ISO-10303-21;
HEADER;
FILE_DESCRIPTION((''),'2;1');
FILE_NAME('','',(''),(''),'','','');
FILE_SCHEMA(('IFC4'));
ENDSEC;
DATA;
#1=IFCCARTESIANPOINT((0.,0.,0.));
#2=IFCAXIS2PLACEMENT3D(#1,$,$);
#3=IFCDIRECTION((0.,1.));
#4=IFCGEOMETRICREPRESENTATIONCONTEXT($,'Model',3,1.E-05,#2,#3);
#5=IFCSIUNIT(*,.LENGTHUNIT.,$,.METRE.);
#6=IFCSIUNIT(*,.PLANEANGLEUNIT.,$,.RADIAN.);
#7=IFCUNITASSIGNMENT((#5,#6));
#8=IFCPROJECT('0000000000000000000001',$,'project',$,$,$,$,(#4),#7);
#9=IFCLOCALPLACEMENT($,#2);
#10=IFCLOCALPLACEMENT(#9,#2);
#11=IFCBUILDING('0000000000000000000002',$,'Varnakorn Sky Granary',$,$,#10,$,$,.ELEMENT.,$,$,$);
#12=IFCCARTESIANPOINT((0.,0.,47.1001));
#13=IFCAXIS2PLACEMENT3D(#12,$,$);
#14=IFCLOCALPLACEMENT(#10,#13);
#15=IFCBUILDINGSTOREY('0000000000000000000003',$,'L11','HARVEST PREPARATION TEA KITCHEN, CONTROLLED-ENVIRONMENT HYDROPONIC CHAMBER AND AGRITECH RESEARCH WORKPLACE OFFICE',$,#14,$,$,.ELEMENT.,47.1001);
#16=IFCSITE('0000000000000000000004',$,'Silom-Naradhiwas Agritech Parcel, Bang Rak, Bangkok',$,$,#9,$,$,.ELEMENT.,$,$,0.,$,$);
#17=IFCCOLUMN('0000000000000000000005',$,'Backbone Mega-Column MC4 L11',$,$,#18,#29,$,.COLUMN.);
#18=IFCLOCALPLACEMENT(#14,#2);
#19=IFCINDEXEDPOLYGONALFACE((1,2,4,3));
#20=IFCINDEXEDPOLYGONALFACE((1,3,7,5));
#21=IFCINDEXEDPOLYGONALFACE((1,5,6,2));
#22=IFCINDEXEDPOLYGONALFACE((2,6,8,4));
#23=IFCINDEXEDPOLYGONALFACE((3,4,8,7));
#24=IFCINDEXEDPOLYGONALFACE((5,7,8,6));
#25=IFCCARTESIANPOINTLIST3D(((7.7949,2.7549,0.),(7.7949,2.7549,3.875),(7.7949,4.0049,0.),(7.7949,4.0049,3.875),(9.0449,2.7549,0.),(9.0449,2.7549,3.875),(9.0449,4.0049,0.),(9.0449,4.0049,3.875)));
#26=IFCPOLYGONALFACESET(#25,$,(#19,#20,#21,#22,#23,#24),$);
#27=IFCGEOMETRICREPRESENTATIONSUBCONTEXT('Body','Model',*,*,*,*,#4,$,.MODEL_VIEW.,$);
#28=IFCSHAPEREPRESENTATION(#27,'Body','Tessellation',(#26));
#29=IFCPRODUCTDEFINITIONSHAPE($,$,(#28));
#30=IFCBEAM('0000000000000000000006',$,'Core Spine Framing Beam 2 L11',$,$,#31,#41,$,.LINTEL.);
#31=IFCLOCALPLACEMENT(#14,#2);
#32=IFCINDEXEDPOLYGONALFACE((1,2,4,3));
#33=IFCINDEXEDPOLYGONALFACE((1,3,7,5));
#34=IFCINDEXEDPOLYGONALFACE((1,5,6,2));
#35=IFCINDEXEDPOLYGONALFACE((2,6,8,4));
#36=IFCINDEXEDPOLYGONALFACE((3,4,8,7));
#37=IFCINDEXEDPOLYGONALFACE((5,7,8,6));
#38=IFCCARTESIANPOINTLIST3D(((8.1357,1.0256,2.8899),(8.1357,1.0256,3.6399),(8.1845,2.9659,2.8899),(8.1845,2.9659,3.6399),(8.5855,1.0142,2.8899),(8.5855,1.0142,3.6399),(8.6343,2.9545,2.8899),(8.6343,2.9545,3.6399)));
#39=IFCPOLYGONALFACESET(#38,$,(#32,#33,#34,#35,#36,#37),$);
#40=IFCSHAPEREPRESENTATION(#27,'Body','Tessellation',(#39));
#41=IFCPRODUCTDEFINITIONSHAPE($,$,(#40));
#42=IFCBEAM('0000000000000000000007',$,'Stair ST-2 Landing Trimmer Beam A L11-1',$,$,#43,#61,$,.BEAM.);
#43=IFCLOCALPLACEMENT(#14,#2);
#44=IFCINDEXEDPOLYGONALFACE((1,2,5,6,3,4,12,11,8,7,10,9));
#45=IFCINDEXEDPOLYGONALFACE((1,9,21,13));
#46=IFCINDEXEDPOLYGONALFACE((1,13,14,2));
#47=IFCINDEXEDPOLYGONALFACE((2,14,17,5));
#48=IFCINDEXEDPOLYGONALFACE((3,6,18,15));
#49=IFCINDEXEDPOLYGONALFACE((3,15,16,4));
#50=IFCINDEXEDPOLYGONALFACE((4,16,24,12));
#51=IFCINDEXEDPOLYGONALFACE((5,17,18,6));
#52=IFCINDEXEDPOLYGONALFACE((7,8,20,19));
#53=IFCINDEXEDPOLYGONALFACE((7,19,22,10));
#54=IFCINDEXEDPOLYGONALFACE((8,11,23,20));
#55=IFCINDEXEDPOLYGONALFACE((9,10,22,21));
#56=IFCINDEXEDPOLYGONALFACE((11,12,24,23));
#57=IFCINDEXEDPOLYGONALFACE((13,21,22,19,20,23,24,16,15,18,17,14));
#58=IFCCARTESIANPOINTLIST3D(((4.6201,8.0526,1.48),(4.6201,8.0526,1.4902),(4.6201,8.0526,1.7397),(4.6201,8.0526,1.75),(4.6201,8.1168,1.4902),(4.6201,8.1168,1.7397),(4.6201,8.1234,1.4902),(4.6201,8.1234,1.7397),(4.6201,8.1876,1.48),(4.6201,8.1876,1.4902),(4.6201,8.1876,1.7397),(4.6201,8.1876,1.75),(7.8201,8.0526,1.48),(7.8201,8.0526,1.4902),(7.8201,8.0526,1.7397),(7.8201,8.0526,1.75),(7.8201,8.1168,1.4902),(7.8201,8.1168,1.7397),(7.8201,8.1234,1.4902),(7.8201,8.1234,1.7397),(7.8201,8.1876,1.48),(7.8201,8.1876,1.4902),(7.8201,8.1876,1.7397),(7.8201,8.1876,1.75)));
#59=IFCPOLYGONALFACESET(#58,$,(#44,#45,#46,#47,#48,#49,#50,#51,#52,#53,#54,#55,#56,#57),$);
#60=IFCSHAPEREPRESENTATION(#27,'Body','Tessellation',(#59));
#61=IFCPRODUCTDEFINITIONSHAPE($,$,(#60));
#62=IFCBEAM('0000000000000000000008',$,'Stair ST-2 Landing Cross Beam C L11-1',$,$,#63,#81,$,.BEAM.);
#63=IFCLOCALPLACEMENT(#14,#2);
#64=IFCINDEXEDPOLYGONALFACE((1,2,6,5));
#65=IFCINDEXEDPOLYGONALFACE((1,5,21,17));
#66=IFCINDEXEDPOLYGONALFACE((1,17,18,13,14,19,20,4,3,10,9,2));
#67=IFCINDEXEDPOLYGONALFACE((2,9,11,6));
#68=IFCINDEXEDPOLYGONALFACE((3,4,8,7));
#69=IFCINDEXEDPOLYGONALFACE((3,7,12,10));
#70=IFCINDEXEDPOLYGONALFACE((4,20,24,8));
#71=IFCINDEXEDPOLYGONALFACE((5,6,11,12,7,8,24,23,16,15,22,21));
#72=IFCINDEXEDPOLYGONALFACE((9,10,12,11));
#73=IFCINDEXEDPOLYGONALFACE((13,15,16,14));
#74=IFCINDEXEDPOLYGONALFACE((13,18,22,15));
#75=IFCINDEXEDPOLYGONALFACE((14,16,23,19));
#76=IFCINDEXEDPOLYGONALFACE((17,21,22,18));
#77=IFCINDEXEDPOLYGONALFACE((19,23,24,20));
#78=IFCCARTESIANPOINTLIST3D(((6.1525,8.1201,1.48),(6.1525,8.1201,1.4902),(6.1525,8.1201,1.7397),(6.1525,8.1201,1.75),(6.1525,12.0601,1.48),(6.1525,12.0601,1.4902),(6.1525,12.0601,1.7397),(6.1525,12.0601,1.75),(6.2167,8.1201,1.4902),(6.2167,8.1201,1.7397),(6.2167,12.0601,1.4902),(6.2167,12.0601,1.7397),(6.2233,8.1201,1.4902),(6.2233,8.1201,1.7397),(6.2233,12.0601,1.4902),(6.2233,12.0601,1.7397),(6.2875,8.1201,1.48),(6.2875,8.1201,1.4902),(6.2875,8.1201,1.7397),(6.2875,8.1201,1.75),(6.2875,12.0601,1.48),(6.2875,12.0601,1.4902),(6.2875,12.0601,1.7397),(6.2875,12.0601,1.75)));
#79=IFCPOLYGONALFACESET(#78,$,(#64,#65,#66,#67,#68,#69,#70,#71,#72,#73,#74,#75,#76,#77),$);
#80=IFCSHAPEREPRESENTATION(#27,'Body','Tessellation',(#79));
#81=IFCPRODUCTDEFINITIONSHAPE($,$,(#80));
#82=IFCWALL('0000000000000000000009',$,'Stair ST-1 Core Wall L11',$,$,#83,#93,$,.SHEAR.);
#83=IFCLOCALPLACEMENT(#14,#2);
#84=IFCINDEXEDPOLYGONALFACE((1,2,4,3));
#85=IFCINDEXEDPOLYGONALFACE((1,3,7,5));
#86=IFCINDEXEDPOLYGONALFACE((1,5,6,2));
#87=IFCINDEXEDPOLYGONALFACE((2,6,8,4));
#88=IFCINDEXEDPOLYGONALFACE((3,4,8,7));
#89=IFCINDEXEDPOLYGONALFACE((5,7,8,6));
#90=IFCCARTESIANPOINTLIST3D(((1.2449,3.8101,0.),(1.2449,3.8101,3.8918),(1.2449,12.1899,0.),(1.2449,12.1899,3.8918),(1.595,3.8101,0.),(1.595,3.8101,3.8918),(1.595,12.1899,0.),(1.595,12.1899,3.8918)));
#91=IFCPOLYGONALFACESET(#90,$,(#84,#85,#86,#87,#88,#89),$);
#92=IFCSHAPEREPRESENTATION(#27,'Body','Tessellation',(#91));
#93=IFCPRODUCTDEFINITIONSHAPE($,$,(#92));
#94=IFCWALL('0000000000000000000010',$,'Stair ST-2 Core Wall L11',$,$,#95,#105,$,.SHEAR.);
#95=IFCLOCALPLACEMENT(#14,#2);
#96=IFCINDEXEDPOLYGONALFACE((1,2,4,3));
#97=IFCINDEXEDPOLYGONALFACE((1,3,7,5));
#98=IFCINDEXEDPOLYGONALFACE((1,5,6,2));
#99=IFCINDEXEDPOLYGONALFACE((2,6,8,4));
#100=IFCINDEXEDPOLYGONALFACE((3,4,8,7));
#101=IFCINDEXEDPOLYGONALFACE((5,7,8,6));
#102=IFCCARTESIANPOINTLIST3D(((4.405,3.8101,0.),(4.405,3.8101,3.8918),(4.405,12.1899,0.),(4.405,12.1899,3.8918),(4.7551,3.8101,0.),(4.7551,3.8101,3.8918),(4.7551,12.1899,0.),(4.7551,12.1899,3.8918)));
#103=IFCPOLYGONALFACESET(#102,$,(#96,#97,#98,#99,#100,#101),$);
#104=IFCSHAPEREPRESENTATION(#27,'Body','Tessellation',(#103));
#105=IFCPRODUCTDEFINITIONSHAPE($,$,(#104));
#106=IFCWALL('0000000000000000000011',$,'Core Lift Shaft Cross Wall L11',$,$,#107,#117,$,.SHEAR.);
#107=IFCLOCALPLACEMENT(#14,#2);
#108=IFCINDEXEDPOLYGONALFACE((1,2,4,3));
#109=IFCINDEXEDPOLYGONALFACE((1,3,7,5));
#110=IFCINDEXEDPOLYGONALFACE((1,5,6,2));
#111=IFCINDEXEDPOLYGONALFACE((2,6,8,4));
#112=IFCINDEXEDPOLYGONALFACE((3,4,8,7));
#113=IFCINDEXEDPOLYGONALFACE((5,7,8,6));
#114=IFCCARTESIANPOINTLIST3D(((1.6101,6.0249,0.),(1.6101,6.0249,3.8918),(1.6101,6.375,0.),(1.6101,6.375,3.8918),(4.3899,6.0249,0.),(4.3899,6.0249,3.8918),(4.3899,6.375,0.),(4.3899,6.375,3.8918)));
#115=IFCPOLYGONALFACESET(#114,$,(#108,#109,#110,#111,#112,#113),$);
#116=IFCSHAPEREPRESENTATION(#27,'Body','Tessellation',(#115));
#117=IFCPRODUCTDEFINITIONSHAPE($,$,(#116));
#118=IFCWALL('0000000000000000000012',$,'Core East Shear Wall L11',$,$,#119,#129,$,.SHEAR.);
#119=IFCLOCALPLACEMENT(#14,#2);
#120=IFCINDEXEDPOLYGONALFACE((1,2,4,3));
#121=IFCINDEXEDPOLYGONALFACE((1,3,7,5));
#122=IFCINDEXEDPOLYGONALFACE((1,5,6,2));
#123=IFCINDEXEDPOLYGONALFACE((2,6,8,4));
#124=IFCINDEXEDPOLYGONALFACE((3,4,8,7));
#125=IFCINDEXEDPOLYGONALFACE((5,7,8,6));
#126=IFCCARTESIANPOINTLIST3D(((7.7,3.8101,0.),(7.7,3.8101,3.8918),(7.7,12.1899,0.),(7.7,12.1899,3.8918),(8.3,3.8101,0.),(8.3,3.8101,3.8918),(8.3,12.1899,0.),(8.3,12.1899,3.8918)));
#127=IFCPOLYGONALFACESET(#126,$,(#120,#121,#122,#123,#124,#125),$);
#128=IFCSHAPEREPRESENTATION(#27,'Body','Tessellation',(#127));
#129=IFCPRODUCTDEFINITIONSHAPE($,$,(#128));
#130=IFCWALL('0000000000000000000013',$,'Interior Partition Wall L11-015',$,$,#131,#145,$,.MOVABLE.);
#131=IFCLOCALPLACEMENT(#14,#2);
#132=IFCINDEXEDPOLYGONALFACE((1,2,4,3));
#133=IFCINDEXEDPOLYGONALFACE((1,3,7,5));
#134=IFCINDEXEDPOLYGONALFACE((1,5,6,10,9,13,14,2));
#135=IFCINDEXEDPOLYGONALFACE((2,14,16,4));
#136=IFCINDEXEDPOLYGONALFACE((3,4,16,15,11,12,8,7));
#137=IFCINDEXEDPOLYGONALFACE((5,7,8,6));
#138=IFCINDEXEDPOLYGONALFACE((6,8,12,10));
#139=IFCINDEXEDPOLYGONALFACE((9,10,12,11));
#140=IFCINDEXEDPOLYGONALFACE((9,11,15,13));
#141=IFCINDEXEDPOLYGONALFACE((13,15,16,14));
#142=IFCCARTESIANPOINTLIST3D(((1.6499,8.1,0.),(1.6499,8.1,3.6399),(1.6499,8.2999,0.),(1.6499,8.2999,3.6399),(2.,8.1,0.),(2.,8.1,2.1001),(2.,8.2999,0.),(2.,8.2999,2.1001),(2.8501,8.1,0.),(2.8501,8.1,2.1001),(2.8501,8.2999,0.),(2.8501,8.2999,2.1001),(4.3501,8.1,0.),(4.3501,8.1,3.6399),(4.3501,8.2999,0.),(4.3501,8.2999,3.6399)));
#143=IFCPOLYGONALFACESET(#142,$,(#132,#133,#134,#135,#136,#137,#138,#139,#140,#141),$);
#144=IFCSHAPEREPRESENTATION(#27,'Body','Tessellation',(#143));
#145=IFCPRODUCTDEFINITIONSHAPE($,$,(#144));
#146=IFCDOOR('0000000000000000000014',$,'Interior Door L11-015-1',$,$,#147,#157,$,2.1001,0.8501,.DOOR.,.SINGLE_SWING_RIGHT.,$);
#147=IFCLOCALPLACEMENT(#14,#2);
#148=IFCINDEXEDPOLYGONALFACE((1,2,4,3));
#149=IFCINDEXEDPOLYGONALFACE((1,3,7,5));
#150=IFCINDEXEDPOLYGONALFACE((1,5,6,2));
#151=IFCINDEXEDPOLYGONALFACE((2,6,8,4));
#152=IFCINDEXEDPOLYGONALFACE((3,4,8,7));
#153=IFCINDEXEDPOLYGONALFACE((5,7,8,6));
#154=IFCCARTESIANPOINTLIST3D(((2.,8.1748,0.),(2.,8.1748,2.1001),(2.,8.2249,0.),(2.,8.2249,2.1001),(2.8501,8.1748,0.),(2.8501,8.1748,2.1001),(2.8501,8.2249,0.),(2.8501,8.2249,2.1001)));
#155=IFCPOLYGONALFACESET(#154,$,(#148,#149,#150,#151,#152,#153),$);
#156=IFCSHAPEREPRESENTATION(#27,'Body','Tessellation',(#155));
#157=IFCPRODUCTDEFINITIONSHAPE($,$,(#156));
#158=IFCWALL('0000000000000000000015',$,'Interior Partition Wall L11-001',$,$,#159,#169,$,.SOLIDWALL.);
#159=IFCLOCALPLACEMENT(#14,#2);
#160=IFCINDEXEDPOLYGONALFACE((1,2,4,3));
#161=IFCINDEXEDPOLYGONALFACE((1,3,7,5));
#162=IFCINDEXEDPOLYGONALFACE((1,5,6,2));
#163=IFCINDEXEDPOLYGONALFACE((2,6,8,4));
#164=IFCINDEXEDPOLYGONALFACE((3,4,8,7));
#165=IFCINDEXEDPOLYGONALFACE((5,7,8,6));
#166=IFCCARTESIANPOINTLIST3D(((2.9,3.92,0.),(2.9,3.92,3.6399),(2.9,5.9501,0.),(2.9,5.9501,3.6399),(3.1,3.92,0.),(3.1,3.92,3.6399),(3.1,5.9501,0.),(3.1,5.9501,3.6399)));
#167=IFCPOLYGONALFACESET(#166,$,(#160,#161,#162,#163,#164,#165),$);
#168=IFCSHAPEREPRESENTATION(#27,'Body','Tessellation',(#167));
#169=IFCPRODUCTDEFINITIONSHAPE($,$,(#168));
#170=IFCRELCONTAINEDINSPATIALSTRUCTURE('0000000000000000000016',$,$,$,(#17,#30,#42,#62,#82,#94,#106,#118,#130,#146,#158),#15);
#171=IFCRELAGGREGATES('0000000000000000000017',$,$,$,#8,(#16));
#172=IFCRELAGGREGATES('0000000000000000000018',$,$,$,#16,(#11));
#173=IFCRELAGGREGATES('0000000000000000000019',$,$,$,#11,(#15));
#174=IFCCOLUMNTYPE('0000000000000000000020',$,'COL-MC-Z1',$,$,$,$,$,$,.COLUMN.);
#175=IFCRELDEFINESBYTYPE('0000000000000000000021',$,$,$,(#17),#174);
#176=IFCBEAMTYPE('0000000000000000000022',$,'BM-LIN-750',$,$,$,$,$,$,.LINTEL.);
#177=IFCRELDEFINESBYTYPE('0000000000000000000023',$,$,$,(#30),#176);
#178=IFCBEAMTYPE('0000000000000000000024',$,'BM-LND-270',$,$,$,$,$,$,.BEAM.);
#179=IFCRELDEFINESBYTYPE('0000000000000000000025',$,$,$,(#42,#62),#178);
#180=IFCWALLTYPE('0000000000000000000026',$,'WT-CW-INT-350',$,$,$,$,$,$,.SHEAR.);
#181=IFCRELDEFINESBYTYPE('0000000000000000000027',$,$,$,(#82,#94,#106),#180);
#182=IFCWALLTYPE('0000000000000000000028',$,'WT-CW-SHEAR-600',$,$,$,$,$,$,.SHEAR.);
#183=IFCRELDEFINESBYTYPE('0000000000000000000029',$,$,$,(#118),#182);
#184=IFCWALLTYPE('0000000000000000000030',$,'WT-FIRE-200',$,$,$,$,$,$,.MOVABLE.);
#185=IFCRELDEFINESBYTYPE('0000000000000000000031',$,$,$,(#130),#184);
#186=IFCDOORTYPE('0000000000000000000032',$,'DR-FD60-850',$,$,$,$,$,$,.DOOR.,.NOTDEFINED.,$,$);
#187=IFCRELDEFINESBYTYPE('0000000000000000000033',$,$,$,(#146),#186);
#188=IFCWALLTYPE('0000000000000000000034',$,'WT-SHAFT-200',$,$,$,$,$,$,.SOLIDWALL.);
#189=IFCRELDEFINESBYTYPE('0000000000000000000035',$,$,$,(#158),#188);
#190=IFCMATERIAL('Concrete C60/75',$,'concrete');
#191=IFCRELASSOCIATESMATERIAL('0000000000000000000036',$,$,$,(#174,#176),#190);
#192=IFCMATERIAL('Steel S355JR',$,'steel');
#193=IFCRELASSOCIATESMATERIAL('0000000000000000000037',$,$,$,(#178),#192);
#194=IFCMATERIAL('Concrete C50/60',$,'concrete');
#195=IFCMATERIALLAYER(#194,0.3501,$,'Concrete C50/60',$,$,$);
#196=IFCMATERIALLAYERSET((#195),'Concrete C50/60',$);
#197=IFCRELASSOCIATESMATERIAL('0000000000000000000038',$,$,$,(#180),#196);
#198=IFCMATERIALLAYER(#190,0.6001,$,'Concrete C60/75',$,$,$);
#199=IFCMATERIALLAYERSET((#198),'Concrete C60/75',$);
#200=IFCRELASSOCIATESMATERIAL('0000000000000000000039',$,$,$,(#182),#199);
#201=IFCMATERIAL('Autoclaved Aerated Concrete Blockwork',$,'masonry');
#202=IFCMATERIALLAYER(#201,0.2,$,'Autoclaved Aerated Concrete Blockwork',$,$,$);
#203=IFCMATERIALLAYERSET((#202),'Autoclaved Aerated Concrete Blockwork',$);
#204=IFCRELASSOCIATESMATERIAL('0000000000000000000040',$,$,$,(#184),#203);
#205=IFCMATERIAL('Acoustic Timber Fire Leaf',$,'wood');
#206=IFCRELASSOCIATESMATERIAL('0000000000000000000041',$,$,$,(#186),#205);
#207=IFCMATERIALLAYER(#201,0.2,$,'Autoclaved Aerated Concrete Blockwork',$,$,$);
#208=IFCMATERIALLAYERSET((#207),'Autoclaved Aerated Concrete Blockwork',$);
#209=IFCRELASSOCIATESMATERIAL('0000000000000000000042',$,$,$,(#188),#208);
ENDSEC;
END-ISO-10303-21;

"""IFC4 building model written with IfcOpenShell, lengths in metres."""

from ifc_helpers import new_model, si_unit, direction, frame, frame_2d, origin, origin_2d, place, context, subcontext, project, spatial, rectangle, i_section, extrude, material, layer, layer_set, material_profile, profile_set, type_object, element, fill, save


model = new_model("IFC4")

# Units and contexts
model_context = context("Model", 3, precision=1e-05, world=origin(), true_north=direction((0.0, 1.0)))
body_context = subcontext(model_context, "Body", "Model", "MODEL_VIEW")
ifc_project = project(units=[si_unit("LENGTHUNIT", "METRE"), si_unit("PLANEANGLEUNIT", "RADIAN")], contexts=[model_context])

# Site, building, storey
site_placement = place(None, origin())
site = spatial("IfcSite", under=ifc_project, at=site_placement, Name="Silom-Naradhiwas Agritech Parcel, Bang Rak, Bangkok", CompositionType="ELEMENT", RefElevation=0.0)
building_placement = place(site_placement, origin())
building = spatial("IfcBuilding", under=site, at=building_placement, Name="Varnakorn Sky Granary", CompositionType="ELEMENT")
storey_placement = place(building_placement, frame((0.0, 0.0, 47.1001)))
storey = spatial("IfcBuildingStorey", under=building, at=storey_placement, Name="L11", Description="HARVEST PREPARATION TEA KITCHEN, CONTROLLED-ENVIRONMENT HYDROPONIC CHAMBER AND AGRITECH RESEARCH WORKPLACE OFFICE", CompositionType="ELEMENT", Elevation=47.1001)

# Column
ifc_material_1 = material(Name="Concrete C60/75", Category="concrete")
ifc_material_profile_1 = material_profile(ifc_material_1, rectangle(XDim=1.25, YDim=1.25, at=origin_2d()), Name="RC 1250x1250")
ifc_profile_set_1 = profile_set([ifc_material_profile_1], Name="Concrete C60/75")
column_type = type_object("IfcColumnType", Name="COL-MC-Z1", PredefinedType="COLUMN", material=ifc_profile_set_1)
column_placement = place(storey_placement, frame((8.4199, 3.3799, 0.0), z_axis=(0.0, 0.0, 1.0), x_axis=(1.0, 0.0, 0.0)))
element("IfcColumn", 1, at=column_placement, inside=storey, type_object=column_type, Name="Backbone Mega-Column MC4 L11", PredefinedType="COLUMN", context=body_context, shape_type="SweptSolid", body=[
    extrude(rectangle(XDim=1.25, YDim=1.25, at=origin_2d()), origin(), (0.0, 0.0, 1.0), 3.875),
])

# Beams
ifc_material_profile_2 = material_profile(ifc_material_1, rectangle(XDim=0.45, YDim=0.75, at=origin_2d()), Name="RC 450x750")
ifc_profile_set_2 = profile_set([ifc_material_profile_2], Name="Concrete C60/75")
beam_type_1 = type_object("IfcBeamType", Name="BM-LIN-750", PredefinedType="LINTEL", material=ifc_profile_set_2)
beam_1_placement = place(storey_placement, frame((8.4094, 2.9602, 3.2649), z_axis=(-0.025159, -0.999683, 0.0), x_axis=(0.999683, -0.025159, 0.0)))
element("IfcBeam", 2, at=beam_1_placement, inside=storey, type_object=beam_type_1, Name="Core Spine Framing Beam 2 L11", PredefinedType="LINTEL", context=body_context, shape_type="SweptSolid", body=[
    extrude(rectangle(XDim=0.45, YDim=0.75, at=origin_2d()), origin(), (0.0, 0.0, 1.0), 1.9409),
])
ifc_material_2 = material(Name="Steel S355JR", Category="steel")
ifc_material_profile_3 = material_profile(ifc_material_2, i_section(OverallWidth=0.135, OverallDepth=0.27, WebThickness=0.0066, FlangeThickness=0.0103, at=origin_2d()), Name="IPE 270")
ifc_profile_set_3 = profile_set([ifc_material_profile_3], Name="Steel S355JR")
beam_type_2 = type_object("IfcBeamType", Name="BM-LND-270", PredefinedType="BEAM", material=ifc_profile_set_3)
beam_2_placement = place(storey_placement, frame((4.6201, 8.1201, 1.615), z_axis=(1.0, 0.0, 0.0), x_axis=(0.0, 1.0, 0.0)))
element("IfcBeam", 3, at=beam_2_placement, inside=storey, type_object=beam_type_2, Name="Stair ST-2 Landing Trimmer Beam A L11-1", PredefinedType="BEAM", context=body_context, shape_type="SweptSolid", body=[
    extrude(i_section(OverallWidth=0.135, OverallDepth=0.27, WebThickness=0.0066, FlangeThickness=0.0103, at=origin_2d()), origin(), (0.0, 0.0, 1.0), 3.2),
])
beam_3_placement = place(storey_placement, frame((6.22, 8.1201, 1.615), z_axis=(0.0, 1.0, 0.0), x_axis=(-1.0, 0.0, 0.0)))
element("IfcBeam", 4, at=beam_3_placement, inside=storey, type_object=beam_type_2, Name="Stair ST-2 Landing Cross Beam C L11-1", PredefinedType="BEAM", context=body_context, shape_type="SweptSolid", body=[
    extrude(i_section(OverallWidth=0.135, OverallDepth=0.27, WebThickness=0.0066, FlangeThickness=0.0103, at=origin_2d()), origin(), (0.0, 0.0, 1.0), 3.9399),
])

# Walls
ifc_material_3 = material(Name="Concrete C50/60", Category="concrete")
ifc_layer_1 = layer(ifc_material_3, 0.3501, Name="Concrete C50/60")
ifc_layer_set_1 = layer_set([ifc_layer_1], Name="Concrete C50/60")
wall_type_1 = type_object("IfcWallType", Name="WT-CW-INT-350", PredefinedType="SHEAR", material=ifc_layer_set_1)
for number, where, z_axis, x_axis, name in (
    (5, (1.4199, 3.8101, 0.0), (0.0, 0.0, 1.0), (0.0, 1.0, 0.0), "Stair ST-1 Core Wall L11"),
    (6, (4.5801, 3.8101, 0.0), (0.0, 0.0, 1.0), (0.0, 1.0, 0.0), "Stair ST-2 Core Wall L11"),
):
    element("IfcWall", number, at=place(storey_placement, frame(where, z_axis=z_axis, x_axis=x_axis)), inside=storey, type_object=wall_type_1, Name=name, PredefinedType="SHEAR", context=body_context, shape_type="SweptSolid", body=[
        extrude(rectangle(XDim=8.3799, YDim=0.3501, at=frame_2d((4.1899, 0.0))), origin(), (0.0, 0.0, 1.0), 3.8918),
    ])
wall_1_placement = place(storey_placement, frame((1.6101, 6.2, 0.0), z_axis=(0.0, 0.0, 1.0), x_axis=(1.0, 0.0, 0.0)))
element("IfcWall", 7, at=wall_1_placement, inside=storey, type_object=wall_type_1, Name="Core Lift Shaft Cross Wall L11", PredefinedType="SHEAR", context=body_context, shape_type="SweptSolid", body=[
    extrude(rectangle(XDim=2.7798, YDim=0.3501, at=frame_2d((1.3899, 0.0))), origin(), (0.0, 0.0, 1.0), 3.8918),
])
ifc_layer_2 = layer(ifc_material_1, 0.6001, Name="Concrete C60/75")
ifc_layer_set_2 = layer_set([ifc_layer_2], Name="Concrete C60/75")
wall_type_2 = type_object("IfcWallType", Name="WT-CW-SHEAR-600", PredefinedType="SHEAR", material=ifc_layer_set_2)
wall_2_placement = place(storey_placement, frame((8.0, 3.8101, 0.0), z_axis=(0.0, 0.0, 1.0), x_axis=(0.0, 1.0, 0.0)))
element("IfcWall", 8, at=wall_2_placement, inside=storey, type_object=wall_type_2, Name="Core East Shear Wall L11", PredefinedType="SHEAR", context=body_context, shape_type="SweptSolid", body=[
    extrude(rectangle(XDim=8.3799, YDim=0.6001, at=frame_2d((4.1899, 0.0))), origin(), (0.0, 0.0, 1.0), 3.8918),
])

# Wall, opening, door
ifc_material_4 = material(Name="Autoclaved Aerated Concrete Blockwork", Category="masonry")
ifc_layer_3 = layer(ifc_material_4, 0.2, Name="Autoclaved Aerated Concrete Blockwork")
ifc_layer_set_3 = layer_set([ifc_layer_3], Name="Autoclaved Aerated Concrete Blockwork")
wall_type_3 = type_object("IfcWallType", Name="WT-FIRE-200", PredefinedType="MOVABLE", material=ifc_layer_set_3)
wall_3_placement = place(storey_placement, frame((1.6499, 8.2, 0.0), z_axis=(0.0, 0.0, 1.0), x_axis=(1.0, 0.0, 0.0)))
wall_3 = element("IfcWall", 9, at=wall_3_placement, inside=storey, type_object=wall_type_3, Name="Interior Partition Wall L11-015", PredefinedType="MOVABLE", context=body_context, shape_type="SweptSolid", body=[
    extrude(rectangle(XDim=2.7002, YDim=0.2, at=frame_2d((1.3501, 0.0))), origin(), (0.0, 0.0, 1.0), 3.6399),
])
opening_placement = place(wall_3_placement, frame((0.3501, 0.0, 0.0)))
opening = element("IfcOpeningElement", 10, at=opening_placement, cuts=wall_3, PredefinedType="OPENING", context=body_context, shape_type="SweptSolid", body=[
    extrude(rectangle(XDim=0.8501, YDim=2.1001, at=frame_2d((0.425, 1.05))), frame((0.0, 0.1099, 0.0), z_axis=(0.0, -1.0, 0.0), x_axis=(1.0, 0.0, 0.0)), (0.0, 0.0, 1.0), 0.22),
])
ifc_material_5 = material(Name="Acoustic Timber Fire Leaf", Category="wood")
door_type = type_object("IfcDoorType", Name="DR-FD60-850", OperationType="NOTDEFINED", PredefinedType="DOOR", material=ifc_material_5)
door_placement = place(opening_placement, origin())
door = element("IfcDoor", 11, at=door_placement, inside=storey, type_object=door_type, Name="Interior Door L11-015-1", OperationType="SINGLE_SWING_RIGHT", OverallHeight=2.1001, OverallWidth=0.8501, PredefinedType="DOOR", context=body_context, shape_type="SweptSolid", body=[
    extrude(rectangle(XDim=0.8501, YDim=2.1001, at=frame_2d((0.425, 1.05))), frame((0.0, 0.0249, 0.0), z_axis=(0.0, -1.0, 0.0), x_axis=(1.0, 0.0, 0.0)), (0.0, 0.0, 1.0), 0.05),
])
fill(opening, door)

# Wall
ifc_layer_4 = layer(ifc_material_4, 0.2, Name="Autoclaved Aerated Concrete Blockwork")
ifc_layer_set_4 = layer_set([ifc_layer_4], Name="Autoclaved Aerated Concrete Blockwork")
wall_type_4 = type_object("IfcWallType", Name="WT-SHAFT-200", PredefinedType="SOLIDWALL", material=ifc_layer_set_4)
wall_4_placement = place(storey_placement, frame((3.0, 3.9199, 0.0), z_axis=(0.0, 0.0, 1.0), x_axis=(0.0, 1.0, 0.0)))
element("IfcWall", 12, at=wall_4_placement, inside=storey, type_object=wall_type_4, Name="Interior Partition Wall L11-001", PredefinedType="SOLIDWALL", context=body_context, shape_type="SweptSolid", body=[
    extrude(rectangle(XDim=2.03, YDim=0.2, at=frame_2d((1.0151, 0.0))), origin(), (0.0, 0.0, 1.0), 3.6399),
])

save(model, "model.ifc")
